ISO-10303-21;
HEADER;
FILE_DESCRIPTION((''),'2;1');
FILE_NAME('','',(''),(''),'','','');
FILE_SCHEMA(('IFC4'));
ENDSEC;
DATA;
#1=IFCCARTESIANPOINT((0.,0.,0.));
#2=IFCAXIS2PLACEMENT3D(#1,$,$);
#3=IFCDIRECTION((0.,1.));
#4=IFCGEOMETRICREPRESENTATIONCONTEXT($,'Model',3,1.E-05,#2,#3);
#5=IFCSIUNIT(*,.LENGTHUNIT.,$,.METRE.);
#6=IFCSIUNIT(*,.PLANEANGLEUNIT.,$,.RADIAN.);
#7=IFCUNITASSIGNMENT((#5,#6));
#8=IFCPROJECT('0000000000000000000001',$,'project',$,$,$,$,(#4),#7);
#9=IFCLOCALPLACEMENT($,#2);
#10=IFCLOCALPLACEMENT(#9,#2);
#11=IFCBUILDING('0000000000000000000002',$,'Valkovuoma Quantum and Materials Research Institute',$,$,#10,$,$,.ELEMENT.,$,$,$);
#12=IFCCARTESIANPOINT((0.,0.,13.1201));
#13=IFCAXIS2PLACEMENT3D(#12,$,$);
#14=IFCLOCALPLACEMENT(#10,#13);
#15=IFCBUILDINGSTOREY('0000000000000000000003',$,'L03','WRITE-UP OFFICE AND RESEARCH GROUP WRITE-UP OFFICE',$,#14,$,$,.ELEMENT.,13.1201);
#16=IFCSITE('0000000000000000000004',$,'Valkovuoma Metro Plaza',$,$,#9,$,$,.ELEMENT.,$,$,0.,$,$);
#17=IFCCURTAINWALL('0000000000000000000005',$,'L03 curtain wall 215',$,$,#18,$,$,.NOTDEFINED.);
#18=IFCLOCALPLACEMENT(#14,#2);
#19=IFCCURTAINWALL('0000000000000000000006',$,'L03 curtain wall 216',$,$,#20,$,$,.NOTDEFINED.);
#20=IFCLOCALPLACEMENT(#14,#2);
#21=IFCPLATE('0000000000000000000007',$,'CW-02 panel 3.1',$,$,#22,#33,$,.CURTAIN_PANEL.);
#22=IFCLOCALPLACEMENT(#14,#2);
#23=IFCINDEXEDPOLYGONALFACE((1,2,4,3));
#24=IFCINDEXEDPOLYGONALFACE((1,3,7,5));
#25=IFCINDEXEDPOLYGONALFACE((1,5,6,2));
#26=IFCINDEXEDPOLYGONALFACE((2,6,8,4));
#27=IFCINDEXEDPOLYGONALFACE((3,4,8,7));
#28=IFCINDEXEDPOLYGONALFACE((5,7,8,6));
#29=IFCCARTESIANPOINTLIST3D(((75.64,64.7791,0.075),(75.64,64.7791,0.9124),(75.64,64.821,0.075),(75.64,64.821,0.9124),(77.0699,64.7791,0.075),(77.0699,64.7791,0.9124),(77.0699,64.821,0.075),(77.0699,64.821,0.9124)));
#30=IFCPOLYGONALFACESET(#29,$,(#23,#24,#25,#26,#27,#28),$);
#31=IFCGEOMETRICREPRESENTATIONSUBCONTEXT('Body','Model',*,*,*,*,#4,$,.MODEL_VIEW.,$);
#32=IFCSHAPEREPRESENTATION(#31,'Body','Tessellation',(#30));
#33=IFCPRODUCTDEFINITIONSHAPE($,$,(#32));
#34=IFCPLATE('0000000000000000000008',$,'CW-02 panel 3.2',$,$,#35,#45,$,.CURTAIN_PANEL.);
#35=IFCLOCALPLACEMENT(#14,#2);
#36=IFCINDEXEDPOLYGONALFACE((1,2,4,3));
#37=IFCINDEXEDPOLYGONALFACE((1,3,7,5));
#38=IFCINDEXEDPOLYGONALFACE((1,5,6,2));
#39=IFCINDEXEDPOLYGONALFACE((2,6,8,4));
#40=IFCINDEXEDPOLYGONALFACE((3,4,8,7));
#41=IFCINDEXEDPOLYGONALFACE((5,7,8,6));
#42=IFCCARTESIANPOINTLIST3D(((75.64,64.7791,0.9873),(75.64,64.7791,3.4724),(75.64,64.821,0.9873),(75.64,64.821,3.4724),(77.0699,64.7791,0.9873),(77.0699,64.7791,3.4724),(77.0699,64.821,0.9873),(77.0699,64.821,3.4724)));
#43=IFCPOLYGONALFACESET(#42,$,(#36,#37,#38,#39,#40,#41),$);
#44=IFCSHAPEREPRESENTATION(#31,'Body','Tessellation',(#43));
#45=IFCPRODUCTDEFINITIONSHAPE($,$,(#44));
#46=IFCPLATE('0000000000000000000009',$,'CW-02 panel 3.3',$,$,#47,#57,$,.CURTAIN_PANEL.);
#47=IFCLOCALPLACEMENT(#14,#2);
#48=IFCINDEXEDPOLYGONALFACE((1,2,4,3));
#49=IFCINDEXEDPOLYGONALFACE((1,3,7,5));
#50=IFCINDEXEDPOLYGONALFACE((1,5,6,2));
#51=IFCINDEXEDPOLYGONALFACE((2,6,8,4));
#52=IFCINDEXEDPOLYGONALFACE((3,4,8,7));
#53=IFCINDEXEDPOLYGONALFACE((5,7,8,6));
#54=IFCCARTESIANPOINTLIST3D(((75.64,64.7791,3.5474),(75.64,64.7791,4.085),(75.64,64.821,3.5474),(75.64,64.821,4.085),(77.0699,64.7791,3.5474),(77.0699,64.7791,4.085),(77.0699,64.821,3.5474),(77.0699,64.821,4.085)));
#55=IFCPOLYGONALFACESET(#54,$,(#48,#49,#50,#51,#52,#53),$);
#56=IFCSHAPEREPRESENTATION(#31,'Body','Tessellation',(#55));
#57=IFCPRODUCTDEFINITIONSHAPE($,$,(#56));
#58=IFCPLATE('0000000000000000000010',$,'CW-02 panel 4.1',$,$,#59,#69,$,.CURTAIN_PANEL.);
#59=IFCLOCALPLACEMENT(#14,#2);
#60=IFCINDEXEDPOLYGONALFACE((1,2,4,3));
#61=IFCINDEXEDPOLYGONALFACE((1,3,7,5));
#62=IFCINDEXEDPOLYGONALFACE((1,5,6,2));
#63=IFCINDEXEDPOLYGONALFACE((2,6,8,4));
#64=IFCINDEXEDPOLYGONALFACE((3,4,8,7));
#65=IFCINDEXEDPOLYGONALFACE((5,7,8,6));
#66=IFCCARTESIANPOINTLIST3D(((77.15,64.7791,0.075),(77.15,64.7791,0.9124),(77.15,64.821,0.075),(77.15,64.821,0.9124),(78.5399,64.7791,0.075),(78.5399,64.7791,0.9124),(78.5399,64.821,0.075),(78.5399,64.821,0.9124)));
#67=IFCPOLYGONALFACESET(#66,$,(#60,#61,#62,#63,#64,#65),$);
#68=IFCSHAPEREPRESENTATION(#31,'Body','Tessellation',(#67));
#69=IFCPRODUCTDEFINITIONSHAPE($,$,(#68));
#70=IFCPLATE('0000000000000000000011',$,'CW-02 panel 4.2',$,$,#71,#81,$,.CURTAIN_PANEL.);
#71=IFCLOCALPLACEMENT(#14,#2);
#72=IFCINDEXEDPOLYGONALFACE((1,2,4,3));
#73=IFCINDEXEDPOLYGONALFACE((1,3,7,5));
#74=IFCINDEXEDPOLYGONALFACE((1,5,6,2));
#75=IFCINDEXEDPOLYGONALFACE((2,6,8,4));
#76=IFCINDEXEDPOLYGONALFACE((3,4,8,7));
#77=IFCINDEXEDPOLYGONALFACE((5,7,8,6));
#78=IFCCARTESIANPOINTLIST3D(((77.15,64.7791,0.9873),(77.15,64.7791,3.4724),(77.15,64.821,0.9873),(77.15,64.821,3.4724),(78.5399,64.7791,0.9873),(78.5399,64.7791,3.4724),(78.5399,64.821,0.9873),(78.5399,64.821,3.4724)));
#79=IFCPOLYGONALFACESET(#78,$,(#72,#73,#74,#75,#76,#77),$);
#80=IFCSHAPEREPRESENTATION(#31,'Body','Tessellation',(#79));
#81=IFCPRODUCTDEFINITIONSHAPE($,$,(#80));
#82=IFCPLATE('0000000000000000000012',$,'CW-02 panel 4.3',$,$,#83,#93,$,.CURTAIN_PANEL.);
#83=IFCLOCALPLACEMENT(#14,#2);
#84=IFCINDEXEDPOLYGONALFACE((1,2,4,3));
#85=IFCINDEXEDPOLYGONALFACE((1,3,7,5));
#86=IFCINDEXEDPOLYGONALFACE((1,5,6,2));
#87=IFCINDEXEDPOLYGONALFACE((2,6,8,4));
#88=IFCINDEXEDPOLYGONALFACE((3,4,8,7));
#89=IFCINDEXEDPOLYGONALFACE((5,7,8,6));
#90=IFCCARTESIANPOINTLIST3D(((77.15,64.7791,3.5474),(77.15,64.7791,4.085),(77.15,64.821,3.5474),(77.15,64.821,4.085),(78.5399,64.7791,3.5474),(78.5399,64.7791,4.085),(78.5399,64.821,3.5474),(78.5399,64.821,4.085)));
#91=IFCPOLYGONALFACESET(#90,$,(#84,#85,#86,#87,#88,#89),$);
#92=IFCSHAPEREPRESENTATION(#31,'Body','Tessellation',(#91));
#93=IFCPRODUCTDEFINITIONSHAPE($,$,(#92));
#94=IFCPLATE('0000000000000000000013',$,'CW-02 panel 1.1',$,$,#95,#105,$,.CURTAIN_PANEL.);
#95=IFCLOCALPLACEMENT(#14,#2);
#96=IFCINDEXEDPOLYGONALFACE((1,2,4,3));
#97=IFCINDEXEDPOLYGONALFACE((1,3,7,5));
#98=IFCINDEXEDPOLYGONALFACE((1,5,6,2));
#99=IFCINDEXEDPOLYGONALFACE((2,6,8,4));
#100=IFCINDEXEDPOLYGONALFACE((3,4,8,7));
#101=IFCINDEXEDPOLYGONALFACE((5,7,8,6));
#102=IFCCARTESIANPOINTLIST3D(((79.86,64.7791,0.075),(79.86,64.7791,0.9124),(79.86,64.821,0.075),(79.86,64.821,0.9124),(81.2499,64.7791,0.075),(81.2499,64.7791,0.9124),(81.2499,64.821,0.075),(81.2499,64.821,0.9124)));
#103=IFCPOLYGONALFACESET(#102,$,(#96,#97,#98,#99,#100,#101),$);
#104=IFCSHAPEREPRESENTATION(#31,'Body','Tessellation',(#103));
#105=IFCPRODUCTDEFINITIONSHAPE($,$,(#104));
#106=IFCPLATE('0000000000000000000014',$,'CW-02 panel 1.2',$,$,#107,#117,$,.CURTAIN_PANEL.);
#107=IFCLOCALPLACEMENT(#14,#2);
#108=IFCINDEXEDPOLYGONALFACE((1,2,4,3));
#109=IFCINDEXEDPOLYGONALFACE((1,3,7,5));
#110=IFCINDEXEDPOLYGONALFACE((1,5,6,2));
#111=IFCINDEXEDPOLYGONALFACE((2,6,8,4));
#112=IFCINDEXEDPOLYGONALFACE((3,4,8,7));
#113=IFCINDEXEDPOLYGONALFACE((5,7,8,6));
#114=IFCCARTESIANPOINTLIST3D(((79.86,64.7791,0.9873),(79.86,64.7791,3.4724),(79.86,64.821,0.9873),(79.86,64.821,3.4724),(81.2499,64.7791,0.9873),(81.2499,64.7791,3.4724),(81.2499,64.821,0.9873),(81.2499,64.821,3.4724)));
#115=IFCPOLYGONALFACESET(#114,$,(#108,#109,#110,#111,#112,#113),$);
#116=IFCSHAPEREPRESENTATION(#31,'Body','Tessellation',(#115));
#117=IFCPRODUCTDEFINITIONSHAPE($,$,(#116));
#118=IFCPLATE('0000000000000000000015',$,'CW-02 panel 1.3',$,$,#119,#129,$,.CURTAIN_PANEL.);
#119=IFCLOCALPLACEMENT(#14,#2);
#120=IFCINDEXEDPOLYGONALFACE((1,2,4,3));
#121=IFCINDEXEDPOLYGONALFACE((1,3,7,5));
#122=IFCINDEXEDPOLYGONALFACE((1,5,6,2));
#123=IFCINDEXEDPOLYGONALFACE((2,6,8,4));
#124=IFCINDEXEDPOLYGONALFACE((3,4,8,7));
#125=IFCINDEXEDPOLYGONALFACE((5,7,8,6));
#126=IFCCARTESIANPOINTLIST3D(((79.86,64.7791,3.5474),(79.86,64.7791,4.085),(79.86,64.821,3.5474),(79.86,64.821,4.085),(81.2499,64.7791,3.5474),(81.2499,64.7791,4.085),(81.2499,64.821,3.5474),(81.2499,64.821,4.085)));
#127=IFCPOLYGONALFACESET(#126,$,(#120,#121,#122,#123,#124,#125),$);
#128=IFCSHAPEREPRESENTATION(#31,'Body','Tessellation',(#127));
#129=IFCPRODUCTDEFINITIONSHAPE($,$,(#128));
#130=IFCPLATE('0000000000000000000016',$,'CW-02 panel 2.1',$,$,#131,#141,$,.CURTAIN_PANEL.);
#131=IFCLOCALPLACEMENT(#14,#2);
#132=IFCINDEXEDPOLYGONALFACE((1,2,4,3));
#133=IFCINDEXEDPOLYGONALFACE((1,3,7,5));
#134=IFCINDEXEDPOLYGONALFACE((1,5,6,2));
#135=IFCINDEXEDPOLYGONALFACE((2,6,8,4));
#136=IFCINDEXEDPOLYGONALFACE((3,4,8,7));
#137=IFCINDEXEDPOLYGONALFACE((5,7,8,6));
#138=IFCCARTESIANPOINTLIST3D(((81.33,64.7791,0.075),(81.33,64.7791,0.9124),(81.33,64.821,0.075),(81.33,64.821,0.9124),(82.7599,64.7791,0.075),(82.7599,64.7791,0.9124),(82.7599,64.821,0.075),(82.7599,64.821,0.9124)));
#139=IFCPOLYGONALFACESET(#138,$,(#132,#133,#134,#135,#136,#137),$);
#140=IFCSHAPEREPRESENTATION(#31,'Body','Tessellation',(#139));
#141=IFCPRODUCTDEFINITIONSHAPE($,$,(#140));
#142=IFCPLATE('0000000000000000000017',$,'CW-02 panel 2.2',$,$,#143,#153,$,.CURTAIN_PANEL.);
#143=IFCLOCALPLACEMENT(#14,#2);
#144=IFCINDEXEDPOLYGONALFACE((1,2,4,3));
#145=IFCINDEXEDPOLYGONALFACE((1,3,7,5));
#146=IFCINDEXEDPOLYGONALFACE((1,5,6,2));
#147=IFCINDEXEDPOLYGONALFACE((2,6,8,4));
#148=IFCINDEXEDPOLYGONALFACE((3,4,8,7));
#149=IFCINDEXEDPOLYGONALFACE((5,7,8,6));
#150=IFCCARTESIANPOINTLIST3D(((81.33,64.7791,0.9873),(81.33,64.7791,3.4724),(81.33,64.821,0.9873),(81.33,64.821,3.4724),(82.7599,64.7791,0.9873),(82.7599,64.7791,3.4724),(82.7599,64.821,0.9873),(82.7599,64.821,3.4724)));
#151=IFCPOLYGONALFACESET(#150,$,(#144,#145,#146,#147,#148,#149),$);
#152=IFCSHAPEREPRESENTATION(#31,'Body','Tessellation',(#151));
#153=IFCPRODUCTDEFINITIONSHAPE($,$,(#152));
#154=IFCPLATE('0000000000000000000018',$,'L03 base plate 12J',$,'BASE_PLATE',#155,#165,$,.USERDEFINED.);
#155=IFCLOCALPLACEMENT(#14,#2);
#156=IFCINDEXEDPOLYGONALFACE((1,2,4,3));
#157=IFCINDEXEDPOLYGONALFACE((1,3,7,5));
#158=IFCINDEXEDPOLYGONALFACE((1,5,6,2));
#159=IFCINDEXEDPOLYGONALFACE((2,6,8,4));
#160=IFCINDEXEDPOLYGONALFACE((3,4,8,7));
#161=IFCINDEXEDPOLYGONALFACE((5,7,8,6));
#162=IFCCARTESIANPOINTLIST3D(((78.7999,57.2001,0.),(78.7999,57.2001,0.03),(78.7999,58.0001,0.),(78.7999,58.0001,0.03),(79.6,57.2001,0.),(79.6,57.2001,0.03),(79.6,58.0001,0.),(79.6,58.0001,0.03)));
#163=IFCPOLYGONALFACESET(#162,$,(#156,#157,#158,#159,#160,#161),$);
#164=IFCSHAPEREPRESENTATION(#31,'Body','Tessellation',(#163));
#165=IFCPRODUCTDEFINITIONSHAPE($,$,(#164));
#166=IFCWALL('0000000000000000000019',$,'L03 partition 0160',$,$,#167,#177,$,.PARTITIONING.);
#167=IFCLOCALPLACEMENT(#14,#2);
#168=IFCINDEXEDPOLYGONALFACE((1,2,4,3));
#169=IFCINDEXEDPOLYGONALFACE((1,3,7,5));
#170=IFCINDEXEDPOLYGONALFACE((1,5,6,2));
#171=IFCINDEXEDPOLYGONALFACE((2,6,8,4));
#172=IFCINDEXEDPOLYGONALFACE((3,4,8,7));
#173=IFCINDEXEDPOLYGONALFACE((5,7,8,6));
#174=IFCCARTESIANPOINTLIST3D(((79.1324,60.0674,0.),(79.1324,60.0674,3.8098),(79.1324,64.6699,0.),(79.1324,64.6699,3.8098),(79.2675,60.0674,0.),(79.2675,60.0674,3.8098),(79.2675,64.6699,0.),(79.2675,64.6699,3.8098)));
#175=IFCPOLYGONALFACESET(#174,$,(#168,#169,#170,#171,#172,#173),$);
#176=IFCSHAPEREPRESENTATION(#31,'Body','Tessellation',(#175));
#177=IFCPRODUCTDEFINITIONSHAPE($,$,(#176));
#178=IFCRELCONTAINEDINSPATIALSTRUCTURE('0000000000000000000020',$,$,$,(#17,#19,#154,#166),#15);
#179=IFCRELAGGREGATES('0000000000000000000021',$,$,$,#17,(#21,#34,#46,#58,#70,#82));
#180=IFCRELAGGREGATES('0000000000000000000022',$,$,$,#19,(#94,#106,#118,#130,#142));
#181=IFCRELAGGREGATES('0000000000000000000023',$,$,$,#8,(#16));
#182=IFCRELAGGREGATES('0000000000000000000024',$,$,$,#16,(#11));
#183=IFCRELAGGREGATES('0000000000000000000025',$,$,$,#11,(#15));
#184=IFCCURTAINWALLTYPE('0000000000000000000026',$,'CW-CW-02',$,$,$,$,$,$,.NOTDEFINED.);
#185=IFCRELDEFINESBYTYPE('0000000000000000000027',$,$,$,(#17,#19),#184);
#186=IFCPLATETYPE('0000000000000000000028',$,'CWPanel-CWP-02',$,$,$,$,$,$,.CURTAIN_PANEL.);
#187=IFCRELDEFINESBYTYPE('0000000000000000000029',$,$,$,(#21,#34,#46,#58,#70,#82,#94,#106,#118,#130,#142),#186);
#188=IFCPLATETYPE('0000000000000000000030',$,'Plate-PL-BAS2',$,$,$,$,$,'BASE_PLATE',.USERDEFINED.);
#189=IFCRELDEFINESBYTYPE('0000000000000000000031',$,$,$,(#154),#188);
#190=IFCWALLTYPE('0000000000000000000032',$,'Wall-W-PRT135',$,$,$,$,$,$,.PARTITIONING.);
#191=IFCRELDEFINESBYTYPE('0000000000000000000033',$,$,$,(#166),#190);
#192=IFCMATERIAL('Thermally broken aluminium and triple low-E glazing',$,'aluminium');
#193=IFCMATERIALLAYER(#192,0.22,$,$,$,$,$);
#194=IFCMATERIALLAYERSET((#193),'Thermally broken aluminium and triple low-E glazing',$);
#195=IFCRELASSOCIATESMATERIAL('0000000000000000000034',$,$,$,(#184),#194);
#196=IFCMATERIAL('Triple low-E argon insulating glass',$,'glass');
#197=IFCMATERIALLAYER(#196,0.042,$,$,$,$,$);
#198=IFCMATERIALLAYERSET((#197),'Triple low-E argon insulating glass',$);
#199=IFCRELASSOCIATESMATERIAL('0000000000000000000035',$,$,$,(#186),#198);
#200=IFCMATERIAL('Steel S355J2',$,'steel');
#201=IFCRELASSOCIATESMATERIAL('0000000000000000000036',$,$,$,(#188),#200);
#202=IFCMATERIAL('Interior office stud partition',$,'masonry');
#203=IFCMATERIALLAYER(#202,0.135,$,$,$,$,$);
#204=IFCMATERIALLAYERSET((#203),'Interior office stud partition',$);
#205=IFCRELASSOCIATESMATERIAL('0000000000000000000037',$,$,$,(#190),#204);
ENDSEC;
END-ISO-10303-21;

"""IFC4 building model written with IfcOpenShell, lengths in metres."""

from ifc_helpers import new_model, si_unit, direction, frame, frame_2d, origin, origin_2d, place, context, subcontext, project, spatial, rectangle, extrude, material, layer, layer_set, type_object, element, aggregate, save


model = new_model("IFC4")

# Units and contexts
model_context = context("Model", 3, precision=1e-05, world=origin(), true_north=direction((0.0, 1.0)))
body_context = subcontext(model_context, "Body", "Model", "MODEL_VIEW")
ifc_project = project(units=[si_unit("LENGTHUNIT", "METRE"), si_unit("PLANEANGLEUNIT", "RADIAN")], contexts=[model_context])

# Site, building, storey
site_placement = place(None, origin())
site = spatial("IfcSite", under=ifc_project, at=site_placement, Name="Valkovuoma Metro Plaza", CompositionType="ELEMENT", RefElevation=0.0)
building_placement = place(site_placement, origin())
building = spatial("IfcBuilding", under=site, at=building_placement, Name="Valkovuoma Quantum and Materials Research Institute", CompositionType="ELEMENT")
storey_placement = place(building_placement, frame((0.0, 0.0, 13.1201)))
storey = spatial("IfcBuildingStorey", under=building, at=storey_placement, Name="L03", Description="WRITE-UP OFFICE AND RESEARCH GROUP WRITE-UP OFFICE", CompositionType="ELEMENT", Elevation=13.1201)

# Curtain walls
ifc_material_1 = material(Name="Thermally broken aluminium and triple low-E glazing", Category="aluminium")
ifc_layer_1 = layer(ifc_material_1, 0.22)
ifc_layer_set_1 = layer_set([ifc_layer_1], Name="Thermally broken aluminium and triple low-E glazing")
curtain_wall_type = type_object("IfcCurtainWallType", Name="CW-CW-02", PredefinedType="NOTDEFINED", material=ifc_layer_set_1)
curtain_wall_1_placement = place(storey_placement, origin())
curtain_wall_1 = element("IfcCurtainWall", 1, at=curtain_wall_1_placement, inside=storey, type_object=curtain_wall_type, Name="L03 curtain wall 215", PredefinedType="NOTDEFINED")
curtain_wall_2_placement = place(storey_placement, origin())
curtain_wall_2 = element("IfcCurtainWall", 2, at=curtain_wall_2_placement, inside=storey, type_object=curtain_wall_type, Name="L03 curtain wall 216", PredefinedType="NOTDEFINED")

# Plates
ifc_material_2 = material(Name="Triple low-E argon insulating glass", Category="glass")
ifc_layer_2 = layer(ifc_material_2, 0.042)
ifc_layer_set_2 = layer_set([ifc_layer_2], Name="Triple low-E argon insulating glass")
plate_type_1 = type_object("IfcPlateType", Name="CWPanel-CWP-02", PredefinedType="CURTAIN_PANEL", material=ifc_layer_set_2)
plate_1_placement = place(storey_placement, frame((76.355, 64.8, 0.075), z_axis=(0.0, 0.0, 1.0), x_axis=(1.0, 0.0, 0.0)))
plate_1 = element("IfcPlate", 3, at=plate_1_placement, type_object=plate_type_1, Name="CW-02 panel 3.1", PredefinedType="CURTAIN_PANEL", context=body_context, shape_type="SweptSolid", body=[
    extrude(rectangle(XDim=1.4299, YDim=0.042, at=origin_2d()), origin(), (0.0, 0.0, 1.0), 0.8374),
])
plate_2_placement = place(storey_placement, frame((76.355, 64.8, 0.9873), z_axis=(0.0, 0.0, 1.0), x_axis=(1.0, 0.0, 0.0)))
plate_2 = element("IfcPlate", 4, at=plate_2_placement, type_object=plate_type_1, Name="CW-02 panel 3.2", PredefinedType="CURTAIN_PANEL", context=body_context, shape_type="SweptSolid", body=[
    extrude(rectangle(XDim=1.4299, YDim=0.042, at=origin_2d()), origin(), (0.0, 0.0, 1.0), 2.4851),
])
plate_3_placement = place(storey_placement, frame((76.355, 64.8, 3.5474), z_axis=(0.0, 0.0, 1.0), x_axis=(1.0, 0.0, 0.0)))
plate_3 = element("IfcPlate", 5, at=plate_3_placement, type_object=plate_type_1, Name="CW-02 panel 3.3", PredefinedType="CURTAIN_PANEL", context=body_context, shape_type="SweptSolid", body=[
    extrude(rectangle(XDim=1.4299, YDim=0.042, at=origin_2d()), origin(), (0.0, 0.0, 1.0), 0.5376),
])
plate_4_placement = place(storey_placement, frame((77.845, 64.8, 0.075), z_axis=(0.0, 0.0, 1.0), x_axis=(1.0, 0.0, 0.0)))
plate_4 = element("IfcPlate", 6, at=plate_4_placement, type_object=plate_type_1, Name="CW-02 panel 4.1", PredefinedType="CURTAIN_PANEL", context=body_context, shape_type="SweptSolid", body=[
    extrude(rectangle(XDim=1.3899, YDim=0.042, at=origin_2d()), origin(), (0.0, 0.0, 1.0), 0.8374),
])
plate_5_placement = place(storey_placement, frame((77.845, 64.8, 0.9873), z_axis=(0.0, 0.0, 1.0), x_axis=(1.0, 0.0, 0.0)))
plate_5 = element("IfcPlate", 7, at=plate_5_placement, type_object=plate_type_1, Name="CW-02 panel 4.2", PredefinedType="CURTAIN_PANEL", context=body_context, shape_type="SweptSolid", body=[
    extrude(rectangle(XDim=1.3899, YDim=0.042, at=origin_2d()), origin(), (0.0, 0.0, 1.0), 2.4851),
])
plate_6_placement = place(storey_placement, frame((77.845, 64.8, 3.5474), z_axis=(0.0, 0.0, 1.0), x_axis=(1.0, 0.0, 0.0)))
plate_6 = element("IfcPlate", 8, at=plate_6_placement, type_object=plate_type_1, Name="CW-02 panel 4.3", PredefinedType="CURTAIN_PANEL", context=body_context, shape_type="SweptSolid", body=[
    extrude(rectangle(XDim=1.3899, YDim=0.042, at=origin_2d()), origin(), (0.0, 0.0, 1.0), 0.5376),
])
aggregate(curtain_wall_1, [plate_1, plate_2, plate_3, plate_4, plate_5, plate_6])
plate_7_placement = place(storey_placement, frame((80.5549, 64.8, 0.075), z_axis=(0.0, 0.0, 1.0), x_axis=(1.0, 0.0, 0.0)))
plate_7 = element("IfcPlate", 9, at=plate_7_placement, type_object=plate_type_1, Name="CW-02 panel 1.1", PredefinedType="CURTAIN_PANEL", context=body_context, shape_type="SweptSolid", body=[
    extrude(rectangle(XDim=1.3899, YDim=0.042, at=origin_2d()), origin(), (0.0, 0.0, 1.0), 0.8374),
])
plate_8_placement = place(storey_placement, frame((80.5549, 64.8, 0.9873), z_axis=(0.0, 0.0, 1.0), x_axis=(1.0, 0.0, 0.0)))
plate_8 = element("IfcPlate", 10, at=plate_8_placement, type_object=plate_type_1, Name="CW-02 panel 1.2", PredefinedType="CURTAIN_PANEL", context=body_context, shape_type="SweptSolid", body=[
    extrude(rectangle(XDim=1.3899, YDim=0.042, at=origin_2d()), origin(), (0.0, 0.0, 1.0), 2.4851),
])
plate_9_placement = place(storey_placement, frame((80.5549, 64.8, 3.5474), z_axis=(0.0, 0.0, 1.0), x_axis=(1.0, 0.0, 0.0)))
plate_9 = element("IfcPlate", 11, at=plate_9_placement, type_object=plate_type_1, Name="CW-02 panel 1.3", PredefinedType="CURTAIN_PANEL", context=body_context, shape_type="SweptSolid", body=[
    extrude(rectangle(XDim=1.3899, YDim=0.042, at=origin_2d()), origin(), (0.0, 0.0, 1.0), 0.5376),
])
plate_10_placement = place(storey_placement, frame((82.0449, 64.8, 0.075), z_axis=(0.0, 0.0, 1.0), x_axis=(1.0, 0.0, 0.0)))
plate_10 = element("IfcPlate", 12, at=plate_10_placement, type_object=plate_type_1, Name="CW-02 panel 2.1", PredefinedType="CURTAIN_PANEL", context=body_context, shape_type="SweptSolid", body=[
    extrude(rectangle(XDim=1.4299, YDim=0.042, at=origin_2d()), origin(), (0.0, 0.0, 1.0), 0.8374),
])
plate_11_placement = place(storey_placement, frame((82.0449, 64.8, 0.9873), z_axis=(0.0, 0.0, 1.0), x_axis=(1.0, 0.0, 0.0)))
plate_11 = element("IfcPlate", 13, at=plate_11_placement, type_object=plate_type_1, Name="CW-02 panel 2.2", PredefinedType="CURTAIN_PANEL", context=body_context, shape_type="SweptSolid", body=[
    extrude(rectangle(XDim=1.4299, YDim=0.042, at=origin_2d()), origin(), (0.0, 0.0, 1.0), 2.4851),
])
aggregate(curtain_wall_2, [plate_7, plate_8, plate_9, plate_10, plate_11])
ifc_material_3 = material(Name="Steel S355J2", Category="steel")
plate_type_2 = type_object("IfcPlateType", Name="Plate-PL-BAS2", ElementType="BASE_PLATE", PredefinedType="USERDEFINED", material=ifc_material_3)
plate_12_placement = place(storey_placement, frame((79.2, 57.6001, 0.0), z_axis=(0.0, 0.0, 1.0), x_axis=(1.0, 0.0, 0.0)))
element("IfcPlate", 14, at=plate_12_placement, inside=storey, type_object=plate_type_2, Name="L03 base plate 12J", ObjectType="BASE_PLATE", PredefinedType="USERDEFINED", context=body_context, shape_type="SweptSolid", body=[
    extrude(rectangle(XDim=0.8, YDim=0.8, at=origin_2d()), origin(), (0.0, 0.0, 1.0), 0.03),
])

# Wall
ifc_material_4 = material(Name="Interior office stud partition", Category="masonry")
ifc_layer_3 = layer(ifc_material_4, 0.135)
ifc_layer_set_3 = layer_set([ifc_layer_3], Name="Interior office stud partition")
wall_type_1 = type_object("IfcWallType", Name="Wall-W-PRT135", PredefinedType="PARTITIONING", material=ifc_layer_set_3)
wall_1_placement = place(storey_placement, frame((79.2, 60.0674, 0.0), z_axis=(0.0, 0.0, 1.0), x_axis=(0.0, 1.0, 0.0)))
element("IfcWall", 15, at=wall_1_placement, inside=storey, type_object=wall_type_1, Name="L03 partition 0160", PredefinedType="PARTITIONING", context=body_context, shape_type="SweptSolid", body=[
    extrude(rectangle(XDim=4.6025, YDim=0.135, at=frame_2d((2.3013, 0.0))), origin(), (0.0, 0.0, 1.0), 3.8098),
])

save(model, "model.ifc")
